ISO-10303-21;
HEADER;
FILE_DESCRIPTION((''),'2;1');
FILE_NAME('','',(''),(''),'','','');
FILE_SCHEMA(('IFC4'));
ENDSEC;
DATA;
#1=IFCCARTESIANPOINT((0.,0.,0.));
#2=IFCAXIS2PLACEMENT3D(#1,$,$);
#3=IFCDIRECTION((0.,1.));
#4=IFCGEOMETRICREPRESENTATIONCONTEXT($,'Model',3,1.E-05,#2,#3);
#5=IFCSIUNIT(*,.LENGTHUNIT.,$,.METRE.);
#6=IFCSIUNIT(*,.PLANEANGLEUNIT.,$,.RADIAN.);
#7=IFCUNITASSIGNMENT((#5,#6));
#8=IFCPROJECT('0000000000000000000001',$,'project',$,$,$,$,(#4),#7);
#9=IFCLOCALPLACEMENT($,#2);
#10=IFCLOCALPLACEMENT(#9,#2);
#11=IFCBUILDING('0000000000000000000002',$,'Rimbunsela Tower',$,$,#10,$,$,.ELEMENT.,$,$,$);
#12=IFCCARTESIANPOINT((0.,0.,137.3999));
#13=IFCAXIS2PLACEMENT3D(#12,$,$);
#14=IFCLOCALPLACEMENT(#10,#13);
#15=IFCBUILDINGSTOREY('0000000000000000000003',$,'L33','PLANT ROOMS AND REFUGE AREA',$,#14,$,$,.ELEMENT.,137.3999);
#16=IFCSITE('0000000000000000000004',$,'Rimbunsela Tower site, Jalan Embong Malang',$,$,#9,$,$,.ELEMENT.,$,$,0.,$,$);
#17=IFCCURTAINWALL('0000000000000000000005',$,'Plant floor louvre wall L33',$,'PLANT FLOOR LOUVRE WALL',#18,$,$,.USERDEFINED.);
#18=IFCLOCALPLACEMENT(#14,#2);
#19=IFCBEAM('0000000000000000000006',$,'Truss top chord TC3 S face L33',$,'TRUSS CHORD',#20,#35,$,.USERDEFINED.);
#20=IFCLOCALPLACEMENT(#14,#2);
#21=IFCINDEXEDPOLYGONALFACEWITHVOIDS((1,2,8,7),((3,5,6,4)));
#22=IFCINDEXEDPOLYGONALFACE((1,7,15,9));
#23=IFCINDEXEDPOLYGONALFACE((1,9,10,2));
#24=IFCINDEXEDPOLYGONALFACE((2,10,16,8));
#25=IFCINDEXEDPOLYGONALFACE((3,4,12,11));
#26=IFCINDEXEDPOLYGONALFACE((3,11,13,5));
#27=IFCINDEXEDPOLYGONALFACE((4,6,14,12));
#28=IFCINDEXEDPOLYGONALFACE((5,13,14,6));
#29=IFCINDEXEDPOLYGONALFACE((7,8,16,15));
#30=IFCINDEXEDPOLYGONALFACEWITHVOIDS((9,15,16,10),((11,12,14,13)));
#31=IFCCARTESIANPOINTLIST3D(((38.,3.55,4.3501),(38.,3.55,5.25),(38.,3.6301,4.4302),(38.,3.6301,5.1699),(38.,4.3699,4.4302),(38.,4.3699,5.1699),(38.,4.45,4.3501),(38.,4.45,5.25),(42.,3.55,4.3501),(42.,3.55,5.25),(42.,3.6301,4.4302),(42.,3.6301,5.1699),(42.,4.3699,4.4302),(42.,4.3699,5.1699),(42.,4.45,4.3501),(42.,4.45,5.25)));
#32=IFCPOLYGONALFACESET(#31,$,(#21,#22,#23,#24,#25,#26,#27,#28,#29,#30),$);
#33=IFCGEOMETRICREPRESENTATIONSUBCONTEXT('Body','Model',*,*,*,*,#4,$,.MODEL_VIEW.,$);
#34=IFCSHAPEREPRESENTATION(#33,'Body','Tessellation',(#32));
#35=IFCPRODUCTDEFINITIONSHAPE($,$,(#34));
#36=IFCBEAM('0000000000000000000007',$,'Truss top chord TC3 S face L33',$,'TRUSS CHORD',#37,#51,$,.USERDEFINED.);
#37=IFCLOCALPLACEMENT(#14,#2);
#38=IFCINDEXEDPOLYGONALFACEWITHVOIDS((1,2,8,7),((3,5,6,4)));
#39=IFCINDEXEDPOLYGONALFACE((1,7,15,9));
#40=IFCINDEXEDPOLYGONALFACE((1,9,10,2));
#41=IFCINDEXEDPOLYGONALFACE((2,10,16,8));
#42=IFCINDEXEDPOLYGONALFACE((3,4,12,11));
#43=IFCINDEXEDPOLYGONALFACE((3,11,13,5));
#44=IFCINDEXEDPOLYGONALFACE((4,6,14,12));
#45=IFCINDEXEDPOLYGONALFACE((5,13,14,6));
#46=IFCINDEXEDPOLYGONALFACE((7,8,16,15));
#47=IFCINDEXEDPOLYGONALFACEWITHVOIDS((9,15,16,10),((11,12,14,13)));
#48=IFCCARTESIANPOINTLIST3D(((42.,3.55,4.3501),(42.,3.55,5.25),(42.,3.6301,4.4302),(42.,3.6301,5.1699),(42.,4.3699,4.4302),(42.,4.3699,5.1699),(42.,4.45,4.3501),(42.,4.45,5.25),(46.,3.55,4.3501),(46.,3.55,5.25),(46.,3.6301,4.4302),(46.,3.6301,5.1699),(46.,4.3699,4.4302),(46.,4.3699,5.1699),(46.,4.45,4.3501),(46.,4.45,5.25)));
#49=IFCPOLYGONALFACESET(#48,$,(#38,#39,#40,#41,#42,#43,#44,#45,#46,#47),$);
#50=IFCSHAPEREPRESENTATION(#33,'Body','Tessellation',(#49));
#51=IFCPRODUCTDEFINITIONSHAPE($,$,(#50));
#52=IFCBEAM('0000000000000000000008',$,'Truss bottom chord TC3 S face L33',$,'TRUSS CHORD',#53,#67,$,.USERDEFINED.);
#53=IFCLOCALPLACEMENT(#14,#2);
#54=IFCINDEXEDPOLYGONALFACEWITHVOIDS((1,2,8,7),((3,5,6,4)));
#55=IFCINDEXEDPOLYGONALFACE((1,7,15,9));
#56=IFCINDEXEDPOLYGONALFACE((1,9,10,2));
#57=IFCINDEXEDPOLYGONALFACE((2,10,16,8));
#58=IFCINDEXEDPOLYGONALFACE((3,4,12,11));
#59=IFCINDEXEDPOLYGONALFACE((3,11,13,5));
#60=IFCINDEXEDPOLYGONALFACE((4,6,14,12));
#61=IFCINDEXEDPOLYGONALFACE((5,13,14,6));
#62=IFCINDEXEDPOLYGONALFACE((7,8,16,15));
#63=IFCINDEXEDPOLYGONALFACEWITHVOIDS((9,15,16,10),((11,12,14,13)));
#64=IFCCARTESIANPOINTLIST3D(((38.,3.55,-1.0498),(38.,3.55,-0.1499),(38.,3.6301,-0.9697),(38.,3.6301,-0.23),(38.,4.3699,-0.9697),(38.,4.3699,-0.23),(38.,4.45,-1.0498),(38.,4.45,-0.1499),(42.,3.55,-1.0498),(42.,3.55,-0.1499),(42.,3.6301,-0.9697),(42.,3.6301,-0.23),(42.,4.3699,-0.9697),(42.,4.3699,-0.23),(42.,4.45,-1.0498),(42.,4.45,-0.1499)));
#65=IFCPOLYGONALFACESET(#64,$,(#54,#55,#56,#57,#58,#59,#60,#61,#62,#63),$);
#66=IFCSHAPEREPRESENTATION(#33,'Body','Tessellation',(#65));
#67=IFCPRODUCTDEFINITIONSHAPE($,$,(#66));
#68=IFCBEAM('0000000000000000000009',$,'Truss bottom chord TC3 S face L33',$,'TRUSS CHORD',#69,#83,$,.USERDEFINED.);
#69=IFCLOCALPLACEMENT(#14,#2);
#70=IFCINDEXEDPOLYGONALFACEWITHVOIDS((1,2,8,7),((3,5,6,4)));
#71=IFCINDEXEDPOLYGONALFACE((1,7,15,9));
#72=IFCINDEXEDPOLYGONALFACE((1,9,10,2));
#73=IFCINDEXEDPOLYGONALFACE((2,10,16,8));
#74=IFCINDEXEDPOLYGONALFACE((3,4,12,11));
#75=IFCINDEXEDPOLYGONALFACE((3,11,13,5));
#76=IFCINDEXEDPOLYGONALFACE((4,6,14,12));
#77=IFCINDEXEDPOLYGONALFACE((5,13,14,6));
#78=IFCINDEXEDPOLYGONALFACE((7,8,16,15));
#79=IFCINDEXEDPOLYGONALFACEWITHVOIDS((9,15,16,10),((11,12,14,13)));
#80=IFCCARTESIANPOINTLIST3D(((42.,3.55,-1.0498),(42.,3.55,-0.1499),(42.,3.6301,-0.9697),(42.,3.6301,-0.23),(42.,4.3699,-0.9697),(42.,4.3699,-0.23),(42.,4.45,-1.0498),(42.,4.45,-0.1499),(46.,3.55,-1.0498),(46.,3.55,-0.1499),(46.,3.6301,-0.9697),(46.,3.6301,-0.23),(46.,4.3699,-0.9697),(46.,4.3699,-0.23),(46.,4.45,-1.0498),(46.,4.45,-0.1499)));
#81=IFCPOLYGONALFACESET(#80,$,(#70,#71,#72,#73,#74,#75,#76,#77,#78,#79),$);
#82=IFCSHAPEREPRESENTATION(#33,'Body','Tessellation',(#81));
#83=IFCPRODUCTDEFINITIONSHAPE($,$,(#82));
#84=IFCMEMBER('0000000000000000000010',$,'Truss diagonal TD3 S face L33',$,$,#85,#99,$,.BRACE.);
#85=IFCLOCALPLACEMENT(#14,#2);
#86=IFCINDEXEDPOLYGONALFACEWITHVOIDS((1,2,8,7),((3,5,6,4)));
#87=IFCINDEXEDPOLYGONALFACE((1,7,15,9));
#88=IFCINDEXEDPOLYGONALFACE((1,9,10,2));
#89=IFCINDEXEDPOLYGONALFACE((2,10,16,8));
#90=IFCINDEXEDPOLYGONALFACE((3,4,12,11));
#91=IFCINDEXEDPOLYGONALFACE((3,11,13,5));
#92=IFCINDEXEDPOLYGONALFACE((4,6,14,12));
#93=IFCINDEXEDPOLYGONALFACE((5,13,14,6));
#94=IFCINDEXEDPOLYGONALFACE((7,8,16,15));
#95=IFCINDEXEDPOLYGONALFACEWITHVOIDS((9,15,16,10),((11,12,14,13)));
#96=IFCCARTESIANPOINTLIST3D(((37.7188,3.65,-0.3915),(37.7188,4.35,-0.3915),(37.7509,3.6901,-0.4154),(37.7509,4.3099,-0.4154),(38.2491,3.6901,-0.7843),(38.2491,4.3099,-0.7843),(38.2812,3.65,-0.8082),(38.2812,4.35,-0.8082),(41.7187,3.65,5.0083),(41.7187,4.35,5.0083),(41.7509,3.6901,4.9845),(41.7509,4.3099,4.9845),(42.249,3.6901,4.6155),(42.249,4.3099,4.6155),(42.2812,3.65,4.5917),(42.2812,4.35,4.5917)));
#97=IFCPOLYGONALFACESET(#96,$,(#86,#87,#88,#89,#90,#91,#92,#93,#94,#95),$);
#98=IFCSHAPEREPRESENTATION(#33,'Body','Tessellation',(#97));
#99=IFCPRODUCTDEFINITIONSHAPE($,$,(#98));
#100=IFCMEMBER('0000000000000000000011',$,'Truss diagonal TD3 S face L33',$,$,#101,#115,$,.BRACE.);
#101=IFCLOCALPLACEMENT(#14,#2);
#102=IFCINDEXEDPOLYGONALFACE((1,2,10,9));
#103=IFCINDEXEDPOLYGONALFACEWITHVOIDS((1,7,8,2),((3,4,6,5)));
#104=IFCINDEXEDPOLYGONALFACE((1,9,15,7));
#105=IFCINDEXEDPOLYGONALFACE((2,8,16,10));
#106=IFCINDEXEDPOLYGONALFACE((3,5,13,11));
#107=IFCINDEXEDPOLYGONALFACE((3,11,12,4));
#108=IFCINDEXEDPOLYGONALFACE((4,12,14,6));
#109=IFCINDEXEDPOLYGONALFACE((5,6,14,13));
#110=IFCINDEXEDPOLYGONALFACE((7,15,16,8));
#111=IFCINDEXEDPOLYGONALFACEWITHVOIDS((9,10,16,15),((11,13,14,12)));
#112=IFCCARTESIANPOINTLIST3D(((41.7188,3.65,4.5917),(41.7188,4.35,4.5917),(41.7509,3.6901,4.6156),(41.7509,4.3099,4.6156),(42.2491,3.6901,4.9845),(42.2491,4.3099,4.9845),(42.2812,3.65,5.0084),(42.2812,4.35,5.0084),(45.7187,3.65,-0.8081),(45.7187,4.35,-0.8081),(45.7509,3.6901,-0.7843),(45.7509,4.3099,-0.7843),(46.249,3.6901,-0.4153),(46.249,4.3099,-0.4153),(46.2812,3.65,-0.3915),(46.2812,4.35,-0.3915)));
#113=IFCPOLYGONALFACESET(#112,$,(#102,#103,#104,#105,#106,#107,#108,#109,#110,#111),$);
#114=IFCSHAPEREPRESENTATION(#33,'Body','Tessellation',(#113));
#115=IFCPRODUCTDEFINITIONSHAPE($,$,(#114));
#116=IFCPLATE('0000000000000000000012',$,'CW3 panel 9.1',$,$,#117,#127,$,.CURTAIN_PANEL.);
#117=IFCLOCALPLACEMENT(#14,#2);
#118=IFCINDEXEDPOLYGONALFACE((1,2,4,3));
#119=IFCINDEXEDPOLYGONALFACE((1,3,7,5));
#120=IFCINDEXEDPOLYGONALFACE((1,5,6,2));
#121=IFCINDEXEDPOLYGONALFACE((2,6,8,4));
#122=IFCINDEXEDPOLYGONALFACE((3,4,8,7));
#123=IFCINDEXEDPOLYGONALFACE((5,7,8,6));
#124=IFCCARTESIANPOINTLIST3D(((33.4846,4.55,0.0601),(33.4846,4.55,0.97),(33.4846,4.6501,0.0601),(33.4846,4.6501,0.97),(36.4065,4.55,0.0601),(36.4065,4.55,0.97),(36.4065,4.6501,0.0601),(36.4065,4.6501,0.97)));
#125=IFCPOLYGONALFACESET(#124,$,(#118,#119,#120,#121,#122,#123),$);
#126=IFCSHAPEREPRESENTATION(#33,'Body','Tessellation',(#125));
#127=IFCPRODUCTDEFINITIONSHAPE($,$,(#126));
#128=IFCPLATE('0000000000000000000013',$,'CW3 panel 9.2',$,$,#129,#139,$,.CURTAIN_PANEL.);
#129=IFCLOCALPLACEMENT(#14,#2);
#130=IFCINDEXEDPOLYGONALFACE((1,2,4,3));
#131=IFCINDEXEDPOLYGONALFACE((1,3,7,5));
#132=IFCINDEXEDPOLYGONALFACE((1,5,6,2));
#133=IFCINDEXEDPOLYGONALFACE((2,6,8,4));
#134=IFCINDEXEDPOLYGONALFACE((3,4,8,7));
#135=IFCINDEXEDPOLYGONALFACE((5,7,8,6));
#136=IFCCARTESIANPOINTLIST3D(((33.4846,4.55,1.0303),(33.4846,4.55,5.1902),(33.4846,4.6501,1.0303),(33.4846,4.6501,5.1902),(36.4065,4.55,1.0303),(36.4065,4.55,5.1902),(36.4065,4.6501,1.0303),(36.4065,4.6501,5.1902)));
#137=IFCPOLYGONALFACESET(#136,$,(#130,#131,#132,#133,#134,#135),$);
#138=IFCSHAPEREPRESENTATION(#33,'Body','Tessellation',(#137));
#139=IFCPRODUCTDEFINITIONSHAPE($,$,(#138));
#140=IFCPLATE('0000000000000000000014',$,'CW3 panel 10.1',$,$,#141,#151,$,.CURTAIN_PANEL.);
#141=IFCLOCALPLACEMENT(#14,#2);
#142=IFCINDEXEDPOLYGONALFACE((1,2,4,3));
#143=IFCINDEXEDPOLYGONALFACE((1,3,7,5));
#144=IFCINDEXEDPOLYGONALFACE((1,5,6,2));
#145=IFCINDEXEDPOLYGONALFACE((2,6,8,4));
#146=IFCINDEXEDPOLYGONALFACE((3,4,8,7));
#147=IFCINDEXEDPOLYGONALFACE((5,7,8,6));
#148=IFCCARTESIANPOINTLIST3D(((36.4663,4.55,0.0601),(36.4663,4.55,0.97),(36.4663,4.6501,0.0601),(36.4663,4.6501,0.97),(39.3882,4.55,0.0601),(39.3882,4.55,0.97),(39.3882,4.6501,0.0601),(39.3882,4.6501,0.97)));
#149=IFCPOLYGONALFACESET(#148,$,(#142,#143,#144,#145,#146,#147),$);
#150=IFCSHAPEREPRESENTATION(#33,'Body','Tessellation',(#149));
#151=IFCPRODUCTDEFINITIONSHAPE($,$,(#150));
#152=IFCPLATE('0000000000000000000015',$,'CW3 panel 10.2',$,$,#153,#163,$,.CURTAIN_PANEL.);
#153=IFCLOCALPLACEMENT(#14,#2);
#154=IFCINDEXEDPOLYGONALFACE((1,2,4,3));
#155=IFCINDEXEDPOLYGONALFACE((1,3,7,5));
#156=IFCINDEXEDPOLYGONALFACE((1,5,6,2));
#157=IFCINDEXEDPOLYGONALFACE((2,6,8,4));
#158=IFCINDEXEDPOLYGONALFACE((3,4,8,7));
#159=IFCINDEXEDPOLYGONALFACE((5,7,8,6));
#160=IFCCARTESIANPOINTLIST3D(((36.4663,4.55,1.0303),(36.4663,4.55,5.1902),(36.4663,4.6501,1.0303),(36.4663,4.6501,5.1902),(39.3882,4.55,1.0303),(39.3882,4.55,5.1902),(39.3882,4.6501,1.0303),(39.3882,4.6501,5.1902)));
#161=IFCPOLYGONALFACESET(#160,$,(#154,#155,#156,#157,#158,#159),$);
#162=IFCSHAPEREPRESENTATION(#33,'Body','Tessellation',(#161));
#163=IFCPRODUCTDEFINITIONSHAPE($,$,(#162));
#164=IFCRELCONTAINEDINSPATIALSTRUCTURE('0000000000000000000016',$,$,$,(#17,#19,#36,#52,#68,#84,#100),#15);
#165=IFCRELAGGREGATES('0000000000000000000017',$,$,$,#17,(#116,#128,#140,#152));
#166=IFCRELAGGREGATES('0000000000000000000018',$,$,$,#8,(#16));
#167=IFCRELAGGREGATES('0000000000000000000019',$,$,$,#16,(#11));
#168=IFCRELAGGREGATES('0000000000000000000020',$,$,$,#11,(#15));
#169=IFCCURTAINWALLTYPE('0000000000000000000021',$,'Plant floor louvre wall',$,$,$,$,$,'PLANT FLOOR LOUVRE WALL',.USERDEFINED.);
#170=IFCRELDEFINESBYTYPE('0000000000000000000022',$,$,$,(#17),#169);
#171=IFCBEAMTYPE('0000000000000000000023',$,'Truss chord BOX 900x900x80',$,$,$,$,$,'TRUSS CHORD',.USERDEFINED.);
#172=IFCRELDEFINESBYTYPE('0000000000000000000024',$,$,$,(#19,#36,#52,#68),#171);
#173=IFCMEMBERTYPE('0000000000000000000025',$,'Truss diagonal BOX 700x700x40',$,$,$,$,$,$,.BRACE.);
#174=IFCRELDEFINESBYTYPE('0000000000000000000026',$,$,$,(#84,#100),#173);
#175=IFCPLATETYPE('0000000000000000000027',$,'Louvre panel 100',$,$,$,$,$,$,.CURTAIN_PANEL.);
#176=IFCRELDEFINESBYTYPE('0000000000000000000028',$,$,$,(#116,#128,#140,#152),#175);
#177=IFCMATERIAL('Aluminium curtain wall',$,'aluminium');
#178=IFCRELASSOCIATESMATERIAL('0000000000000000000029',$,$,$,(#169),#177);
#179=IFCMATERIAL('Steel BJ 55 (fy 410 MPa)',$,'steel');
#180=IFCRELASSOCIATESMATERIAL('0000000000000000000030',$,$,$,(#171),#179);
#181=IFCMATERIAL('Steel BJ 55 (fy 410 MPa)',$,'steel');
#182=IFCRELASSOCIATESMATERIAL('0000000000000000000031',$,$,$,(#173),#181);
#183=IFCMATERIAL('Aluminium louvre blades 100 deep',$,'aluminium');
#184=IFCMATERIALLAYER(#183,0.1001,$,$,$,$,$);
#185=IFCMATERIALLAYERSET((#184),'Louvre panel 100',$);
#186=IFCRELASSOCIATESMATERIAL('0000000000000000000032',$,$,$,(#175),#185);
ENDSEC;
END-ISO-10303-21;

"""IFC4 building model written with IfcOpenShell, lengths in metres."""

from ifc_helpers import new_model, si_unit, direction, frame, origin, origin_2d, place, context, subcontext, project, spatial, rectangle, hollow_rectangle, extrude, material, layer, layer_set, material_profile, profile_set, type_object, element, aggregate, save


model = new_model("IFC4")

# Units and contexts
model_context = context("Model", 3, precision=1e-05, world=origin(), true_north=direction((0.0, 1.0)))
body_context = subcontext(model_context, "Body", "Model", "MODEL_VIEW")
ifc_project = project(units=[si_unit("LENGTHUNIT", "METRE"), si_unit("PLANEANGLEUNIT", "RADIAN")], contexts=[model_context])

# Site, building, storey
site_placement = place(None, origin())
site = spatial("IfcSite", under=ifc_project, at=site_placement, Name="Rimbunsela Tower site, Jalan Embong Malang", CompositionType="ELEMENT", RefElevation=0.0)
building_placement = place(site_placement, origin())
building = spatial("IfcBuilding", under=site, at=building_placement, Name="Rimbunsela Tower", CompositionType="ELEMENT")
storey_placement = place(building_placement, frame((0.0, 0.0, 137.3999)))
storey = spatial("IfcBuildingStorey", under=building, at=storey_placement, Name="L33", Description="PLANT ROOMS AND REFUGE AREA", CompositionType="ELEMENT", Elevation=137.3999)

# Curtain wall
ifc_material_1 = material(Name="Aluminium curtain wall", Category="aluminium")
curtain_wall_type = type_object("IfcCurtainWallType", Name="Plant floor louvre wall", ElementType="PLANT FLOOR LOUVRE WALL", PredefinedType="USERDEFINED", material=ifc_material_1)
curtain_wall_placement = place(storey_placement, origin())
curtain_wall = element("IfcCurtainWall", 1, at=curtain_wall_placement, inside=storey, type_object=curtain_wall_type, Name="Plant floor louvre wall L33", ObjectType="PLANT FLOOR LOUVRE WALL", PredefinedType="USERDEFINED")

# Beams
ifc_material_2 = material(Name="Steel BJ 55 (fy 410 MPa)", Category="steel")
ifc_material_profile_1 = material_profile(ifc_material_2, hollow_rectangle(XDim=0.8999, YDim=0.8999, WallThickness=0.0801, at=origin_2d()), Name="BOX 900x900x80")
ifc_profile_set_1 = profile_set([ifc_material_profile_1], Name="Steel BJ 55 (fy 410 MPa)")
beam_type_1 = type_object("IfcBeamType", Name="Truss chord BOX 900x900x80", ElementType="TRUSS CHORD", PredefinedType="USERDEFINED", material=ifc_profile_set_1)
for number, where, z_axis, x_axis, name in (
    (2, (38.0, 4.0, 4.8), (1.0, 0.0, 0.0), (0.0, 1.0, 0.0), "Truss top chord TC3 S face L33"),
    (3, (42.0, 4.0, 4.8), (1.0, 0.0, 0.0), (0.0, 1.0, 0.0), "Truss top chord TC3 S face L33"),
    (4, (38.0, 4.0, -0.5999), (1.0, 0.0, 0.0), (0.0, 1.0, 0.0), "Truss bottom chord TC3 S face L33"),
    (5, (42.0, 4.0, -0.5999), (1.0, 0.0, 0.0), (0.0, 1.0, 0.0), "Truss bottom chord TC3 S face L33"),
):
    element("IfcBeam", number, at=place(storey_placement, frame(where, z_axis=z_axis, x_axis=x_axis)), inside=storey, type_object=beam_type_1, Name=name, ObjectType="TRUSS CHORD", PredefinedType="USERDEFINED", context=body_context, shape_type="SweptSolid", body=[
        extrude(hollow_rectangle(XDim=0.8999, YDim=0.8999, WallThickness=0.0801, at=origin_2d()), origin(), (0.0, 0.0, 1.0), 4.0),
    ])

# Members
ifc_material_3 = material(Name="Steel BJ 55 (fy 410 MPa)", Category="steel")
ifc_material_profile_2 = material_profile(ifc_material_3, hollow_rectangle(XDim=0.7, YDim=0.7, WallThickness=0.04, at=origin_2d()), Name="BOX 700x700x40")
ifc_profile_set_2 = profile_set([ifc_material_profile_2], Name="Steel BJ 55 (fy 410 MPa)")
member_type_1 = type_object("IfcMemberType", Name="Truss diagonal BOX 700x700x40", PredefinedType="BRACE", material=ifc_profile_set_2)
for number, where, z_axis, x_axis, name in (
    (6, (38.0, 4.0, -0.5999), (0.595235, 0.0, 0.803552), (0.0, 1.0, 0.0), "Truss diagonal TD3 S face L33"),
    (7, (42.0, 4.0, 4.8), (0.595235, 0.0, -0.803552), (0.0, 1.0, 0.0), "Truss diagonal TD3 S face L33"),
):
    element("IfcMember", number, at=place(storey_placement, frame(where, z_axis=z_axis, x_axis=x_axis)), inside=storey, type_object=member_type_1, Name=name, PredefinedType="BRACE", context=body_context, shape_type="SweptSolid", body=[
        extrude(hollow_rectangle(XDim=0.7, YDim=0.7, WallThickness=0.04, at=origin_2d()), origin(), (0.0, 0.0, 1.0), 6.72),
    ])

# Plates
ifc_material_4 = material(Name="Aluminium louvre blades 100 deep", Category="aluminium")
ifc_layer = layer(ifc_material_4, 0.1001)
ifc_layer_set = layer_set([ifc_layer], Name="Louvre panel 100")
plate_type = type_object("IfcPlateType", Name="Louvre panel 100", PredefinedType="CURTAIN_PANEL", material=ifc_layer_set)
plate_1_placement = place(storey_placement, frame((34.9456, 4.6001, 0.0601), z_axis=(0.0, 0.0, 1.0), x_axis=(1.0, 0.0, 0.0)))
plate_1 = element("IfcPlate", 8, at=plate_1_placement, type_object=plate_type, Name="CW3 panel 9.1", PredefinedType="CURTAIN_PANEL", context=body_context, shape_type="SweptSolid", body=[
    extrude(rectangle(XDim=2.9219, YDim=0.1001, at=origin_2d()), origin(), (0.0, 0.0, 1.0), 0.9099),
])
plate_2_placement = place(storey_placement, frame((34.9456, 4.6001, 1.0303), z_axis=(0.0, 0.0, 1.0), x_axis=(1.0, 0.0, 0.0)))
plate_2 = element("IfcPlate", 9, at=plate_2_placement, type_object=plate_type, Name="CW3 panel 9.2", PredefinedType="CURTAIN_PANEL", context=body_context, shape_type="SweptSolid", body=[
    extrude(rectangle(XDim=2.9219, YDim=0.1001, at=origin_2d()), origin(), (0.0, 0.0, 1.0), 4.1599),
])
plate_3_placement = place(storey_placement, frame((37.9272, 4.6001, 0.0601), z_axis=(0.0, 0.0, 1.0), x_axis=(1.0, 0.0, 0.0)))
plate_3 = element("IfcPlate", 10, at=plate_3_placement, type_object=plate_type, Name="CW3 panel 10.1", PredefinedType="CURTAIN_PANEL", context=body_context, shape_type="SweptSolid", body=[
    extrude(rectangle(XDim=2.9219, YDim=0.1001, at=origin_2d()), origin(), (0.0, 0.0, 1.0), 0.9099),
])
plate_4_placement = place(storey_placement, frame((37.9272, 4.6001, 1.0303), z_axis=(0.0, 0.0, 1.0), x_axis=(1.0, 0.0, 0.0)))
plate_4 = element("IfcPlate", 11, at=plate_4_placement, type_object=plate_type, Name="CW3 panel 10.2", PredefinedType="CURTAIN_PANEL", context=body_context, shape_type="SweptSolid", body=[
    extrude(rectangle(XDim=2.9219, YDim=0.1001, at=origin_2d()), origin(), (0.0, 0.0, 1.0), 4.1599),
])
aggregate(curtain_wall, [plate_1, plate_2, plate_3, plate_4])

save(model, "model.ifc")
